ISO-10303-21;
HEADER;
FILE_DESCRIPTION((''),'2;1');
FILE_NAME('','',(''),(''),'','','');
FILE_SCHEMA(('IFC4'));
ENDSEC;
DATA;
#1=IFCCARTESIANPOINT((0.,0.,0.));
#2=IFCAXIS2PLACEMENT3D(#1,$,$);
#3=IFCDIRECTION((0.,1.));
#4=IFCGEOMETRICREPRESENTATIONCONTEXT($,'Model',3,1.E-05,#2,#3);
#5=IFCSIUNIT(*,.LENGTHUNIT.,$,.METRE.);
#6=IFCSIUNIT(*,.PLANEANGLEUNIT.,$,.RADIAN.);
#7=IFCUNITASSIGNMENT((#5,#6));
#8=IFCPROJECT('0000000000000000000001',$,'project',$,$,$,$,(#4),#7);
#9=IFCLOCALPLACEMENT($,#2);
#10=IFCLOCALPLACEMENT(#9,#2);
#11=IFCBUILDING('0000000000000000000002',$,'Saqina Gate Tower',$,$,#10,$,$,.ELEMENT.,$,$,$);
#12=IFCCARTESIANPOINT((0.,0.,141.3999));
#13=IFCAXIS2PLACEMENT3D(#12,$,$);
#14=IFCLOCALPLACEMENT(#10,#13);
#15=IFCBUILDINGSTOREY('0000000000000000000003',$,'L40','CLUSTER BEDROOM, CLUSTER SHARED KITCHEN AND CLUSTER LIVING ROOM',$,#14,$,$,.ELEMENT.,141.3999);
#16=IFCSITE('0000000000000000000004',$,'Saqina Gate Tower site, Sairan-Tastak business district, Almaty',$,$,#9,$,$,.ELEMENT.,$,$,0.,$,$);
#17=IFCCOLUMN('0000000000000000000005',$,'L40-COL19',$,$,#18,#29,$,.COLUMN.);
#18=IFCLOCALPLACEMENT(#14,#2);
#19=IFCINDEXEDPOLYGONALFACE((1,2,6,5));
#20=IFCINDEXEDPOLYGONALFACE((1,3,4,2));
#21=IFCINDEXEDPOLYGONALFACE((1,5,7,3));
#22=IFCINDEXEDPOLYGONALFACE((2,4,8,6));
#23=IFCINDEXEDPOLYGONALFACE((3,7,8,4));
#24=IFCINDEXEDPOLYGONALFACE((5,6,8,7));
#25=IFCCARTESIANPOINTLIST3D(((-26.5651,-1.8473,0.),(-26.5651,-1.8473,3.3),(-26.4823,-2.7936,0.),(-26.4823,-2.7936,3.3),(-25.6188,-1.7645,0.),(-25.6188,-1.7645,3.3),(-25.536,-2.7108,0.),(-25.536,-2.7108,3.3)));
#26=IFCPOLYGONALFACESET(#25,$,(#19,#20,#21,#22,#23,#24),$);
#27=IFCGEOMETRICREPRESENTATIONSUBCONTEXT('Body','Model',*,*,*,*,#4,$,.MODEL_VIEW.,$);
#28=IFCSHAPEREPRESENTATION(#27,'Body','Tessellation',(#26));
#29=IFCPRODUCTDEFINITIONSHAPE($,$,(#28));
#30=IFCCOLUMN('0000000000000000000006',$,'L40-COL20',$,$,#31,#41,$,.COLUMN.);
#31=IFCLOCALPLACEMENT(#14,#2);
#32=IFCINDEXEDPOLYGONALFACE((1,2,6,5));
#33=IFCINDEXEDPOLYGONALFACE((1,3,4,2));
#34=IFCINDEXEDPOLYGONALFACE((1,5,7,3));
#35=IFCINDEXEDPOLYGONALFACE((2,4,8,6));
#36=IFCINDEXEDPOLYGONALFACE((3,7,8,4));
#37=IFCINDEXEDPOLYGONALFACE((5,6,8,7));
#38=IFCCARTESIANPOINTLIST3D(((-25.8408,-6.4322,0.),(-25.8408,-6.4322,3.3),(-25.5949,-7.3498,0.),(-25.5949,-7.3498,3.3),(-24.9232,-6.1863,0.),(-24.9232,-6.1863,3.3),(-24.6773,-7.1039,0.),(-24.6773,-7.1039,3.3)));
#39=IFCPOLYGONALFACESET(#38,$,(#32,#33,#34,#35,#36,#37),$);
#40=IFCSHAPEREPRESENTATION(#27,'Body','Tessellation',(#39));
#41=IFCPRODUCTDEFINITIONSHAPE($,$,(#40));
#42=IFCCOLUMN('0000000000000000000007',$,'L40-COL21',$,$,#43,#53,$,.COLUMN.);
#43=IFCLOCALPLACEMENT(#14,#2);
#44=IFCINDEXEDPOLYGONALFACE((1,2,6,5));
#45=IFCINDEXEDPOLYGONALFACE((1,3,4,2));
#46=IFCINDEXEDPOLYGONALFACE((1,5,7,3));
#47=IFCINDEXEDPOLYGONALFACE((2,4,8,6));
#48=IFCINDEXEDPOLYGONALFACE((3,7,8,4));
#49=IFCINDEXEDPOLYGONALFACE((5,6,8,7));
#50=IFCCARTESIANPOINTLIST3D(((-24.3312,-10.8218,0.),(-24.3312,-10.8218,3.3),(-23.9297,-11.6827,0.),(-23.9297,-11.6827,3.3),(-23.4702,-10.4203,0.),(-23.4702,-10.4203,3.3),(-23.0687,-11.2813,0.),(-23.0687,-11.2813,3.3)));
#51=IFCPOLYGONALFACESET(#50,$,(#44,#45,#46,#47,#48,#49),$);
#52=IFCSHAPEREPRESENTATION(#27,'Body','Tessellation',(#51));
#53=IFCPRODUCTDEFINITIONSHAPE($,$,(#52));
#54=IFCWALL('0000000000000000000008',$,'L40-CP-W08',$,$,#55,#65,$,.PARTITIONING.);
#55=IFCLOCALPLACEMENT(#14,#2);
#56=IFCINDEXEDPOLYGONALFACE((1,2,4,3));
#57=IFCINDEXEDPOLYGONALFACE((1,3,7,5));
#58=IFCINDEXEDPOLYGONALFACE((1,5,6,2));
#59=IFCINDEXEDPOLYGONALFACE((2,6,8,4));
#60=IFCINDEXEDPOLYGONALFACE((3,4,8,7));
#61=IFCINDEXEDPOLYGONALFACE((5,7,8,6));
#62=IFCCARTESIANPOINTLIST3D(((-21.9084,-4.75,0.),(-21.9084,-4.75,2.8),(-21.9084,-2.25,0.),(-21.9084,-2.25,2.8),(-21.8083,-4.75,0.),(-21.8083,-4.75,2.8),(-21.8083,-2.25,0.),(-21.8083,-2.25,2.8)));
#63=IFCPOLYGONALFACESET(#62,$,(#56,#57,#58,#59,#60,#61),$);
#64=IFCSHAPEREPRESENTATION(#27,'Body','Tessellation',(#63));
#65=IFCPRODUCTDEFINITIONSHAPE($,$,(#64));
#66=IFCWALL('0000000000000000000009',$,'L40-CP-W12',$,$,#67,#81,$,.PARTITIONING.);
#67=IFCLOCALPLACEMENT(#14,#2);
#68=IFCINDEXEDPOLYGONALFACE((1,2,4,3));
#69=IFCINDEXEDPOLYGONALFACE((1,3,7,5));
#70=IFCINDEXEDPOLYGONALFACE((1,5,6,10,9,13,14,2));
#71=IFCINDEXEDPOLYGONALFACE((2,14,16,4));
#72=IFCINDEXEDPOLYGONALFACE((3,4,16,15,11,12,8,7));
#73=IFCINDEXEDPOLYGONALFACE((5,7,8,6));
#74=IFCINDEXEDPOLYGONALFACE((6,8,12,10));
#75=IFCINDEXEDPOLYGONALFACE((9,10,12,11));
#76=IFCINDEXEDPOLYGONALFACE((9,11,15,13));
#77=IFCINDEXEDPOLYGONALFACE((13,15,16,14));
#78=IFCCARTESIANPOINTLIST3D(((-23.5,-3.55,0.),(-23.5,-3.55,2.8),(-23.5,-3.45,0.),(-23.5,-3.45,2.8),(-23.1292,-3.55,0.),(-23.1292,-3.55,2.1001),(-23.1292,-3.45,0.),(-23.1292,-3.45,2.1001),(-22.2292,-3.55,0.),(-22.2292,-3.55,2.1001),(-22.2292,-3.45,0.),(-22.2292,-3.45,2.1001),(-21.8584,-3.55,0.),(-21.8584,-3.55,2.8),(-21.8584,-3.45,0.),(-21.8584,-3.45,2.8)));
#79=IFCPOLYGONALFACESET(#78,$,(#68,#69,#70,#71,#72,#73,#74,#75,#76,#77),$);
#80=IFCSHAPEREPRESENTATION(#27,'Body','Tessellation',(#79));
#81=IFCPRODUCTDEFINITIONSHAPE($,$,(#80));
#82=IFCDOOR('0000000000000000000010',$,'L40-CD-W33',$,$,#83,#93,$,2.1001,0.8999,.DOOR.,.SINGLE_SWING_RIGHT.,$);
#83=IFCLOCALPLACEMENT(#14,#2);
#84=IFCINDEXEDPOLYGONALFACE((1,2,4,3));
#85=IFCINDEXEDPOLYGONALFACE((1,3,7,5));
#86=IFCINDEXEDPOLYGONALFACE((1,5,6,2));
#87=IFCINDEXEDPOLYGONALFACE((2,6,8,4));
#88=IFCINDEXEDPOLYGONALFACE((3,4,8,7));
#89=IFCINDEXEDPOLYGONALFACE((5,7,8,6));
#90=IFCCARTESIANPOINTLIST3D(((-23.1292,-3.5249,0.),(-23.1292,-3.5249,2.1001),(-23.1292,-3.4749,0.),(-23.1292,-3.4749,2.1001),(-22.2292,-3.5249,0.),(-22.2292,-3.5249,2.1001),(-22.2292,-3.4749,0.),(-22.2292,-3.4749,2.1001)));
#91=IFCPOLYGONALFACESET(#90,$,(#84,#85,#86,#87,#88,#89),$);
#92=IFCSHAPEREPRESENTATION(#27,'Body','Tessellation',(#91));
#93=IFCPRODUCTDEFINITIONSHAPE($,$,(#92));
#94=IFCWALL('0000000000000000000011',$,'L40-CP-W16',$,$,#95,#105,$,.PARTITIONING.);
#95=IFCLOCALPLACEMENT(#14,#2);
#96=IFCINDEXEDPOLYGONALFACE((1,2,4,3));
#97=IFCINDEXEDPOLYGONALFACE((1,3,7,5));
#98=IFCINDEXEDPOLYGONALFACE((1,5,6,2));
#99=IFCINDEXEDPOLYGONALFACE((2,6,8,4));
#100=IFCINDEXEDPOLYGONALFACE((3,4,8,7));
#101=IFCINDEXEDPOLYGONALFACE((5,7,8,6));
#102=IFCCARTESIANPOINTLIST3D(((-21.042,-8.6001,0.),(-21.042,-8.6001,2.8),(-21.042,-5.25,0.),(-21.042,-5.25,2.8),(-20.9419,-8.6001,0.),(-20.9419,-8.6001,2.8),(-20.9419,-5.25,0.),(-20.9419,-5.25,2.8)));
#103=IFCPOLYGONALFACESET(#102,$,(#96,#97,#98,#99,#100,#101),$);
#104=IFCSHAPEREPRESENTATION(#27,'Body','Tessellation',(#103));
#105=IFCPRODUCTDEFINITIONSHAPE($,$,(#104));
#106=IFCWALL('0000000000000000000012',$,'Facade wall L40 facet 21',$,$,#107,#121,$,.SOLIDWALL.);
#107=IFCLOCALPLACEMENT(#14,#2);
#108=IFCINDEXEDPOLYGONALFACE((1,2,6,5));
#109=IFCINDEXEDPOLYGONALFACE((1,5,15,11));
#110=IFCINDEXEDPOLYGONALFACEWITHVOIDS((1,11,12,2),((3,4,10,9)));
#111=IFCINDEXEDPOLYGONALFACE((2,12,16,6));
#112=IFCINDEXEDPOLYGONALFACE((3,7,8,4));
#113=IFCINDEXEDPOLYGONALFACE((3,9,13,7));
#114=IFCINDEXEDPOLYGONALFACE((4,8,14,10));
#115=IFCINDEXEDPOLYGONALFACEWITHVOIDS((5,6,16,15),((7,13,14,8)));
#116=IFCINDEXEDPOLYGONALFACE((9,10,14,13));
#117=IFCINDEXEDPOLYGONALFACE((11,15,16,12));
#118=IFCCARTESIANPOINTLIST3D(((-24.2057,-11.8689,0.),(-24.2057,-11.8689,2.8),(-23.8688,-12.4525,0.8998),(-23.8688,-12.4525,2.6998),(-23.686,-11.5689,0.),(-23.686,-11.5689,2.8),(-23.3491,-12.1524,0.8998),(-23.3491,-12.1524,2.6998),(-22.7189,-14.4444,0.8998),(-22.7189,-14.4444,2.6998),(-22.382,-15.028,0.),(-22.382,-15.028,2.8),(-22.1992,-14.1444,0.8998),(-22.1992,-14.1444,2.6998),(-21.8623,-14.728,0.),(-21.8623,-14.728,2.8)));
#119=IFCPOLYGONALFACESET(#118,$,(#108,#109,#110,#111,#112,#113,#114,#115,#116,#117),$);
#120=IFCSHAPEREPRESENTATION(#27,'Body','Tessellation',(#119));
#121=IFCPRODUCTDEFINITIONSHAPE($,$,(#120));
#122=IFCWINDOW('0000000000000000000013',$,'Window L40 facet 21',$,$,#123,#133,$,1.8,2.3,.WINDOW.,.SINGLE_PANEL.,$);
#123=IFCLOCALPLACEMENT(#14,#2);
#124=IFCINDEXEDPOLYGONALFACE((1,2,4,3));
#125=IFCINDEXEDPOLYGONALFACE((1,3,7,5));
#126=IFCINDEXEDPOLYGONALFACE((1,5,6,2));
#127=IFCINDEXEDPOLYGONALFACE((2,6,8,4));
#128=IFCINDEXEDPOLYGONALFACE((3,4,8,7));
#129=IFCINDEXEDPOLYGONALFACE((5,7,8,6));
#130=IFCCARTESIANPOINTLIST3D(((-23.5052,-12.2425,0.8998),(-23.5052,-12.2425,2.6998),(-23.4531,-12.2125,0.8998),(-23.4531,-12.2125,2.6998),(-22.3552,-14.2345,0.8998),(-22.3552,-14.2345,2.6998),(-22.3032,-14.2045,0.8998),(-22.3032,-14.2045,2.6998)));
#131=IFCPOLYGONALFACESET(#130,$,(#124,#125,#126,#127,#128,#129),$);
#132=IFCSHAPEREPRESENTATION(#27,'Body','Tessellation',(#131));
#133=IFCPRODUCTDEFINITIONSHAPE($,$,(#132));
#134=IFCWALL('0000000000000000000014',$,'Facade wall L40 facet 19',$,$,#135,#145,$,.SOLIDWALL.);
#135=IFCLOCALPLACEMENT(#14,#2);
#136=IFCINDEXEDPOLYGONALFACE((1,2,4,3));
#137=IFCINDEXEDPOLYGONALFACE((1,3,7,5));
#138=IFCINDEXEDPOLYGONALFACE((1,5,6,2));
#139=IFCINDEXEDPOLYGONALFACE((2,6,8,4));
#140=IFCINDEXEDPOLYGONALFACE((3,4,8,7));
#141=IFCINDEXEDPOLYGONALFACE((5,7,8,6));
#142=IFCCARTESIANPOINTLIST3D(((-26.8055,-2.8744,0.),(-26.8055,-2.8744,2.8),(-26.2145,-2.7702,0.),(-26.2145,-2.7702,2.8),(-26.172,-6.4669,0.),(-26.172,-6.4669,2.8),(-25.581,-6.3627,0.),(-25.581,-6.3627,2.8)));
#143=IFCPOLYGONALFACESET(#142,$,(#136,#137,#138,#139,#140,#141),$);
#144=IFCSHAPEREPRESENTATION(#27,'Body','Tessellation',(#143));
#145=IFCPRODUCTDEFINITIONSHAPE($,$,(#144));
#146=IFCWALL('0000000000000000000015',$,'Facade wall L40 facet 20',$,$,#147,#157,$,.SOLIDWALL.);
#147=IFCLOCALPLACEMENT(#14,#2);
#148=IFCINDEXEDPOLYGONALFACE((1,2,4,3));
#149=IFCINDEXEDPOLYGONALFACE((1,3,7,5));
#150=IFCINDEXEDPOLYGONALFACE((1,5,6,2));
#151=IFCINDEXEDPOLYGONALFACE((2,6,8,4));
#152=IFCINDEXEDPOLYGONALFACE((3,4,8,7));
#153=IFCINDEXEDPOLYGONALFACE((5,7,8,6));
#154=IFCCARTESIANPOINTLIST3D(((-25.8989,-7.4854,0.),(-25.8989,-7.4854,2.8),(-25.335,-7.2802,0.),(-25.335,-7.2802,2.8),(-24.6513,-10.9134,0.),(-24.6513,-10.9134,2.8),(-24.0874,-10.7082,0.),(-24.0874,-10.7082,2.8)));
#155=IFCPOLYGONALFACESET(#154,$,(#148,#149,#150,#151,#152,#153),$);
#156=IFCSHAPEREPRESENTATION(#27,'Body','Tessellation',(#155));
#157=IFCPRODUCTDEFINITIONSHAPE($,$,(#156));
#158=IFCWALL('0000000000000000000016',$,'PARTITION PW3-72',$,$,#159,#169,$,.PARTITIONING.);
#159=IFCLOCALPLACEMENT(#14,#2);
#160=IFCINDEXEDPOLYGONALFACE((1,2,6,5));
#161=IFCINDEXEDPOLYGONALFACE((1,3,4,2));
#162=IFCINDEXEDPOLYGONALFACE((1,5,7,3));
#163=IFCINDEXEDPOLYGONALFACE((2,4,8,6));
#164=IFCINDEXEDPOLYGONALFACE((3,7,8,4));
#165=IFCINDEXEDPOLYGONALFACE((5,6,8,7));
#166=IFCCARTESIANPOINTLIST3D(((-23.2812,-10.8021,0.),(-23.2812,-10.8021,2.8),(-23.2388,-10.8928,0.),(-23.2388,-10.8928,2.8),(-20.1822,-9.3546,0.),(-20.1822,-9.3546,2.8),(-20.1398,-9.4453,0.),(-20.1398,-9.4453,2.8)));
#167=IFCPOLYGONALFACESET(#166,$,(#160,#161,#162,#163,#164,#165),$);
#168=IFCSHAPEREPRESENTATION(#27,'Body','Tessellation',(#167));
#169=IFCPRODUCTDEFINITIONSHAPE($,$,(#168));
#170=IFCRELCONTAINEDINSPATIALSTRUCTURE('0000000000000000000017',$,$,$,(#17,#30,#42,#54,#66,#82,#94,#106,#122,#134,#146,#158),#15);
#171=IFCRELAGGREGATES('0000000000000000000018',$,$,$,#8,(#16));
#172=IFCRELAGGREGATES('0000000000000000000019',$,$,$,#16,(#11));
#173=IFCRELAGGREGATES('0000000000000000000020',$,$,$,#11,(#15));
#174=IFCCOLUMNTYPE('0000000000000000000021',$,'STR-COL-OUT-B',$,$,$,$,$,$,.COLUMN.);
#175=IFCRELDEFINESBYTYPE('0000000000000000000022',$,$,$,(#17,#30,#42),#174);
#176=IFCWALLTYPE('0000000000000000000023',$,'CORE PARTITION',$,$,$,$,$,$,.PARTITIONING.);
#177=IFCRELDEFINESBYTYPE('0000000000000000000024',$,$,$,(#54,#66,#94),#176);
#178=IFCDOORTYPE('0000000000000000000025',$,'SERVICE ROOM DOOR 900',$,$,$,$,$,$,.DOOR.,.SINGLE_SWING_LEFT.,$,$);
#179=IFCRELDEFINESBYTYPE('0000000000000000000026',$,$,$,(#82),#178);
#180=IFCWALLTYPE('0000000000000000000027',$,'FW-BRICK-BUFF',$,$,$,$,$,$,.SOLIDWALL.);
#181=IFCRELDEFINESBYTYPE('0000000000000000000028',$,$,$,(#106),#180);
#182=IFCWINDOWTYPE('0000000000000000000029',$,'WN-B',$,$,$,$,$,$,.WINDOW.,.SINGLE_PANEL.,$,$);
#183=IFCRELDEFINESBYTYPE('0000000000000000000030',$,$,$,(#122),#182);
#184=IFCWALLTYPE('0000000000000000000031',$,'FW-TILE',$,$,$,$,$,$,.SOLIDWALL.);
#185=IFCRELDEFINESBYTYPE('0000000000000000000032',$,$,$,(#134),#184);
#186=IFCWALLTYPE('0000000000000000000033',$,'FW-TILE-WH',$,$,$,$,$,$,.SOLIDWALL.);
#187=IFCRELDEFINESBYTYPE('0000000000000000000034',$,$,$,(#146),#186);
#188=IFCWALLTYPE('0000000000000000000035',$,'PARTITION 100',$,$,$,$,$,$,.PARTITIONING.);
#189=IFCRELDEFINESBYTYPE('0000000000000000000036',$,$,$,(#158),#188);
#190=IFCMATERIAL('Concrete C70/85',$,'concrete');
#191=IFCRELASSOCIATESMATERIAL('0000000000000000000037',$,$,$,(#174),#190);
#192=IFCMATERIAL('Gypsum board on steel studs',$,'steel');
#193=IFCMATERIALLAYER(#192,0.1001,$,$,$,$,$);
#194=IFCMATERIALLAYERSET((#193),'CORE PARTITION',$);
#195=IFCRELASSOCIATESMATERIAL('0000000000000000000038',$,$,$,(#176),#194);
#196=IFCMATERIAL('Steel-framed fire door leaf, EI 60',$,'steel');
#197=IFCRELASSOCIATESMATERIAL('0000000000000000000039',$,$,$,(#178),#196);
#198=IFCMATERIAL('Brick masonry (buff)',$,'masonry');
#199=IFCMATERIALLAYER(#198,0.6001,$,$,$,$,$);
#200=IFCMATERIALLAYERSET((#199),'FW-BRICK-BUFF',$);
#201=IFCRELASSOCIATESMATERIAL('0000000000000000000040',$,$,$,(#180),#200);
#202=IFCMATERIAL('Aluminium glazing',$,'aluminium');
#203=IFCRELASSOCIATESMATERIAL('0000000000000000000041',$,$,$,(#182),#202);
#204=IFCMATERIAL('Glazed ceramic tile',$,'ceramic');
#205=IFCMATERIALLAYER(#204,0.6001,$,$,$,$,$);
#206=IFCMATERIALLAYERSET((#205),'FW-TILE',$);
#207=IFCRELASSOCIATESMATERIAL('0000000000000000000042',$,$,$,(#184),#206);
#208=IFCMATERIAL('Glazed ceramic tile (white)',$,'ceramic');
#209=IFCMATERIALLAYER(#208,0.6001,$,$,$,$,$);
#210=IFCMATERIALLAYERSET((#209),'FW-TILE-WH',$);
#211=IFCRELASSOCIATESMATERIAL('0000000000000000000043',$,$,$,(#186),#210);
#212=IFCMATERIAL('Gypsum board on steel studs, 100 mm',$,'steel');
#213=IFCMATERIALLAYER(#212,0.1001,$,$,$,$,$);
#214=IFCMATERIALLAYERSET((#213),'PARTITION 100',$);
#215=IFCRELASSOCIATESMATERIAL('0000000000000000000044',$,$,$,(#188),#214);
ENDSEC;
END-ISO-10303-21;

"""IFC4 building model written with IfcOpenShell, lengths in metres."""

from ifc_helpers import new_model, si_unit, direction, frame, frame_2d, origin, origin_2d, place, context, subcontext, project, spatial, rectangle, extrude, material, layer, layer_set, material_profile, profile_set, type_object, element, fill, save


model = new_model("IFC4")

# Units and contexts
model_context = context("Model", 3, precision=1e-05, world=origin(), true_north=direction((0.0, 1.0)))
body_context = subcontext(model_context, "Body", "Model", "MODEL_VIEW")
ifc_project = project(units=[si_unit("LENGTHUNIT", "METRE"), si_unit("PLANEANGLEUNIT", "RADIAN")], contexts=[model_context])

# Site, building, storey
site_placement = place(None, origin())
site = spatial("IfcSite", under=ifc_project, at=site_placement, Name="Saqina Gate Tower site, Sairan-Tastak business district, Almaty", CompositionType="ELEMENT", RefElevation=0.0)
building_placement = place(site_placement, origin())
building = spatial("IfcBuilding", under=site, at=building_placement, Name="Saqina Gate Tower", CompositionType="ELEMENT")
storey_placement = place(building_placement, frame((0.0, 0.0, 141.3999)))
storey = spatial("IfcBuildingStorey", under=building, at=storey_placement, Name="L40", Description="CLUSTER BEDROOM, CLUSTER SHARED KITCHEN AND CLUSTER LIVING ROOM", CompositionType="ELEMENT", Elevation=141.3999)

# Columns
ifc_material_1 = material(Name="Concrete C70/85", Category="concrete")
ifc_material_profile = material_profile(ifc_material_1, rectangle(XDim=0.95, YDim=0.95, at=origin_2d()), Name="RC 950x950")
ifc_profile_set = profile_set([ifc_material_profile], Name="Concrete C70/85")
column_type = type_object("IfcColumnType", Name="STR-COL-OUT-B", PredefinedType="COLUMN", material=ifc_profile_set)
for number, where, z_axis, x_axis, name in (
    (1, (-26.0505, -2.2791, 0.0), (0.0, 0.0, 1.0), (-0.996195, -0.087156, 0.0), "L40-COL19"),
    (2, (-25.259, -6.7681, 0.0), (0.0, 0.0, 1.0), (-0.965926, -0.258819, 0.0), "L40-COL20"),
    (3, (-23.7, -11.0515, 0.0), (0.0, 0.0, 1.0), (-0.906308, -0.422618, 0.0), "L40-COL21"),
):
    element("IfcColumn", number, at=place(storey_placement, frame(where, z_axis=z_axis, x_axis=x_axis)), inside=storey, type_object=column_type, Name=name, PredefinedType="COLUMN", context=body_context, shape_type="SweptSolid", body=[
        extrude(rectangle(XDim=0.95, YDim=0.95, at=origin_2d()), origin(), (0.0, 0.0, 1.0), 3.3),
    ])

# Wall
ifc_material_2 = material(Name="Gypsum board on steel studs", Category="steel")
ifc_layer_1 = layer(ifc_material_2, 0.1001)
ifc_layer_set_1 = layer_set([ifc_layer_1], Name="CORE PARTITION")
wall_type_1 = type_object("IfcWallType", Name="CORE PARTITION", PredefinedType="PARTITIONING", material=ifc_layer_set_1)
wall_1_placement = place(storey_placement, frame((-21.8584, -4.75, 0.0), z_axis=(0.0, 0.0, 1.0), x_axis=(0.0, 1.0, 0.0)))
element("IfcWall", 4, at=wall_1_placement, inside=storey, type_object=wall_type_1, Name="L40-CP-W08", PredefinedType="PARTITIONING", context=body_context, shape_type="SweptSolid", body=[
    extrude(rectangle(XDim=2.5, YDim=0.1001, at=frame_2d((1.25, 0.0))), origin(), (0.0, 0.0, 1.0), 2.8),
])

# Wall, opening, door
wall_2_placement = place(storey_placement, frame((-21.8584, -3.5, 0.0), z_axis=(0.0, 0.0, 1.0), x_axis=(-1.0, 0.0, 0.0)))
wall_2 = element("IfcWall", 5, at=wall_2_placement, inside=storey, type_object=wall_type_1, Name="L40-CP-W12", PredefinedType="PARTITIONING", context=body_context, shape_type="SweptSolid", body=[
    extrude(rectangle(XDim=1.6416, YDim=0.1001, at=frame_2d((0.8208, 0.0))), origin(), (0.0, 0.0, 1.0), 2.8),
])
opening_1_placement = place(wall_2_placement, frame((0.3708, 0.0, 0.0)))
opening_1 = element("IfcOpeningElement", 6, at=opening_1_placement, cuts=wall_2, PredefinedType="OPENING", context=body_context, shape_type="SweptSolid", body=[
    extrude(rectangle(XDim=0.8999, YDim=2.1001, at=frame_2d((0.45, 1.05))), frame((0.0, 0.062, 0.0), z_axis=(0.0, -1.0, 0.0), x_axis=(1.0, 0.0, 0.0)), (0.0, 0.0, 1.0), 0.124),
])
ifc_material_3 = material(Name="Steel-framed fire door leaf, EI 60", Category="steel")
door_type = type_object("IfcDoorType", Name="SERVICE ROOM DOOR 900", OperationType="SINGLE_SWING_LEFT", PredefinedType="DOOR", material=ifc_material_3)
door_placement = place(opening_1_placement, origin())
door = element("IfcDoor", 7, at=door_placement, inside=storey, type_object=door_type, Name="L40-CD-W33", OperationType="SINGLE_SWING_RIGHT", OverallHeight=2.1001, OverallWidth=0.8999, PredefinedType="DOOR", context=body_context, shape_type="SweptSolid", body=[
    extrude(rectangle(XDim=0.8999, YDim=2.1001, at=frame_2d((0.45, 1.05))), frame((0.0, 0.0249, 0.0), z_axis=(0.0, -1.0, 0.0), x_axis=(1.0, 0.0, 0.0)), (0.0, 0.0, 1.0), 0.05),
])
fill(opening_1, door)

# Wall
wall_3_placement = place(storey_placement, frame((-20.9919, -8.6001, 0.0), z_axis=(0.0, 0.0, 1.0), x_axis=(0.0, 1.0, 0.0)))
element("IfcWall", 8, at=wall_3_placement, inside=storey, type_object=wall_type_1, Name="L40-CP-W16", PredefinedType="PARTITIONING", context=body_context, shape_type="SweptSolid", body=[
    extrude(rectangle(XDim=3.3501, YDim=0.1001, at=frame_2d((1.675, 0.0))), origin(), (0.0, 0.0, 1.0), 2.8),
])

# Wall, opening, window
ifc_material_4 = material(Name="Brick masonry (buff)", Category="masonry")
ifc_layer_2 = layer(ifc_material_4, 0.6001)
ifc_layer_set_2 = layer_set([ifc_layer_2], Name="FW-BRICK-BUFF")
wall_type_2 = type_object("IfcWallType", Name="FW-BRICK-BUFF", PredefinedType="SOLIDWALL", material=ifc_layer_set_2)
wall_4_placement = place(storey_placement, frame((-23.9458, -11.719, 0.0), z_axis=(0.0, 0.0, 1.0), x_axis=(0.499954, -0.866052, 0.0)))
wall_4 = element("IfcWall", 9, at=wall_4_placement, inside=storey, type_object=wall_type_2, Name="Facade wall L40 facet 21", PredefinedType="SOLIDWALL", context=body_context, shape_type="SweptSolid", body=[
    extrude(rectangle(XDim=3.6477, YDim=0.6001, at=frame_2d((1.8237, 0.0))), origin(), (0.0, 0.0, 1.0), 2.8),
])
opening_2_placement = place(wall_4_placement, frame((0.6738, 0.0, 0.8999)))
opening_2 = element("IfcOpeningElement", 10, at=opening_2_placement, cuts=wall_4, PredefinedType="OPENING", context=body_context, shape_type="SweptSolid", body=[
    extrude(rectangle(XDim=2.3, YDim=1.8, at=frame_2d((1.1499, 0.8999))), frame((0.0, 0.312, 0.0), z_axis=(0.0, -1.0, 0.0), x_axis=(1.0, 0.0, 0.0)), (0.0, 0.0, 1.0), 0.624),
])
ifc_material_5 = material(Name="Aluminium glazing", Category="aluminium")
window_type = type_object("IfcWindowType", Name="WN-B", PartitioningType="SINGLE_PANEL", PredefinedType="WINDOW", material=ifc_material_5)
window_placement = place(opening_2_placement, origin())
window = element("IfcWindow", 11, at=window_placement, inside=storey, type_object=window_type, Name="Window L40 facet 21", OverallHeight=1.8, OverallWidth=2.3, PartitioningType="SINGLE_PANEL", PredefinedType="WINDOW", context=body_context, shape_type="SweptSolid", body=[
    extrude(rectangle(XDim=2.3, YDim=1.8, at=frame_2d((1.1499, 0.8999))), frame((0.0, 0.1799, 0.0), z_axis=(0.0, -1.0, 0.0), x_axis=(1.0, 0.0, 0.0)), (0.0, 0.0, 1.0), 0.0601),
])
fill(opening_2, window)

# Walls
ifc_material_6 = material(Name="Glazed ceramic tile", Category="ceramic")
ifc_layer_3 = layer(ifc_material_6, 0.6001)
ifc_layer_set_3 = layer_set([ifc_layer_3], Name="FW-TILE")
wall_type_3 = type_object("IfcWallType", Name="FW-TILE", PredefinedType="SOLIDWALL", material=ifc_layer_set_3)
wall_5_placement = place(storey_placement, frame((-26.51, -2.8223, 0.0), z_axis=(0.0, 0.0, 1.0), x_axis=(0.173671, -0.984804, 0.0)))
element("IfcWall", 12, at=wall_5_placement, inside=storey, type_object=wall_type_3, Name="Facade wall L40 facet 19", PredefinedType="SOLIDWALL", context=body_context, shape_type="SweptSolid", body=[
    extrude(rectangle(XDim=3.6479, YDim=0.6001, at=frame_2d((1.824, 0.0))), origin(), (0.0, 0.0, 1.0), 2.8),
])
ifc_material_7 = material(Name="Glazed ceramic tile (white)", Category="ceramic")
ifc_layer_4 = layer(ifc_material_7, 0.6001)
ifc_layer_set_4 = layer_set([ifc_layer_4], Name="FW-TILE-WH")
wall_type_4 = type_object("IfcWallType", Name="FW-TILE-WH", PredefinedType="SOLIDWALL", material=ifc_layer_set_4)
wall_6_placement = place(storey_placement, frame((-25.6169, -7.3828, 0.0), z_axis=(0.0, 0.0, 1.0), x_axis=(0.34199, -0.939704, 0.0)))
element("IfcWall", 13, at=wall_6_placement, inside=storey, type_object=wall_type_4, Name="Facade wall L40 facet 20", PredefinedType="SOLIDWALL", context=body_context, shape_type="SweptSolid", body=[
    extrude(rectangle(XDim=3.6479, YDim=0.6001, at=frame_2d((1.824, 0.0))), origin(), (0.0, 0.0, 1.0), 2.8),
])
ifc_material_8 = material(Name="Gypsum board on steel studs, 100 mm", Category="steel")
ifc_layer_5 = layer(ifc_material_8, 0.1001)
ifc_layer_set_5 = layer_set([ifc_layer_5], Name="PARTITION 100")
wall_type_5 = type_object("IfcWallType", Name="PARTITION 100", PredefinedType="PARTITIONING", material=ifc_layer_set_5)
wall_7_placement = place(storey_placement, frame((-23.26, -10.8474, 0.0), z_axis=(0.0, 0.0, 1.0), x_axis=(0.906043, 0.423186, 0.0)))
element("IfcWall", 14, at=wall_7_placement, inside=storey, type_object=wall_type_5, Name="PARTITION PW3-72", PredefinedType="PARTITIONING", context=body_context, shape_type="SweptSolid", body=[
    extrude(rectangle(XDim=3.4204, YDim=0.1001, at=frame_2d((1.7102, 0.0))), origin(), (0.0, 0.0, 1.0), 2.8),
])

save(model, "model.ifc")
